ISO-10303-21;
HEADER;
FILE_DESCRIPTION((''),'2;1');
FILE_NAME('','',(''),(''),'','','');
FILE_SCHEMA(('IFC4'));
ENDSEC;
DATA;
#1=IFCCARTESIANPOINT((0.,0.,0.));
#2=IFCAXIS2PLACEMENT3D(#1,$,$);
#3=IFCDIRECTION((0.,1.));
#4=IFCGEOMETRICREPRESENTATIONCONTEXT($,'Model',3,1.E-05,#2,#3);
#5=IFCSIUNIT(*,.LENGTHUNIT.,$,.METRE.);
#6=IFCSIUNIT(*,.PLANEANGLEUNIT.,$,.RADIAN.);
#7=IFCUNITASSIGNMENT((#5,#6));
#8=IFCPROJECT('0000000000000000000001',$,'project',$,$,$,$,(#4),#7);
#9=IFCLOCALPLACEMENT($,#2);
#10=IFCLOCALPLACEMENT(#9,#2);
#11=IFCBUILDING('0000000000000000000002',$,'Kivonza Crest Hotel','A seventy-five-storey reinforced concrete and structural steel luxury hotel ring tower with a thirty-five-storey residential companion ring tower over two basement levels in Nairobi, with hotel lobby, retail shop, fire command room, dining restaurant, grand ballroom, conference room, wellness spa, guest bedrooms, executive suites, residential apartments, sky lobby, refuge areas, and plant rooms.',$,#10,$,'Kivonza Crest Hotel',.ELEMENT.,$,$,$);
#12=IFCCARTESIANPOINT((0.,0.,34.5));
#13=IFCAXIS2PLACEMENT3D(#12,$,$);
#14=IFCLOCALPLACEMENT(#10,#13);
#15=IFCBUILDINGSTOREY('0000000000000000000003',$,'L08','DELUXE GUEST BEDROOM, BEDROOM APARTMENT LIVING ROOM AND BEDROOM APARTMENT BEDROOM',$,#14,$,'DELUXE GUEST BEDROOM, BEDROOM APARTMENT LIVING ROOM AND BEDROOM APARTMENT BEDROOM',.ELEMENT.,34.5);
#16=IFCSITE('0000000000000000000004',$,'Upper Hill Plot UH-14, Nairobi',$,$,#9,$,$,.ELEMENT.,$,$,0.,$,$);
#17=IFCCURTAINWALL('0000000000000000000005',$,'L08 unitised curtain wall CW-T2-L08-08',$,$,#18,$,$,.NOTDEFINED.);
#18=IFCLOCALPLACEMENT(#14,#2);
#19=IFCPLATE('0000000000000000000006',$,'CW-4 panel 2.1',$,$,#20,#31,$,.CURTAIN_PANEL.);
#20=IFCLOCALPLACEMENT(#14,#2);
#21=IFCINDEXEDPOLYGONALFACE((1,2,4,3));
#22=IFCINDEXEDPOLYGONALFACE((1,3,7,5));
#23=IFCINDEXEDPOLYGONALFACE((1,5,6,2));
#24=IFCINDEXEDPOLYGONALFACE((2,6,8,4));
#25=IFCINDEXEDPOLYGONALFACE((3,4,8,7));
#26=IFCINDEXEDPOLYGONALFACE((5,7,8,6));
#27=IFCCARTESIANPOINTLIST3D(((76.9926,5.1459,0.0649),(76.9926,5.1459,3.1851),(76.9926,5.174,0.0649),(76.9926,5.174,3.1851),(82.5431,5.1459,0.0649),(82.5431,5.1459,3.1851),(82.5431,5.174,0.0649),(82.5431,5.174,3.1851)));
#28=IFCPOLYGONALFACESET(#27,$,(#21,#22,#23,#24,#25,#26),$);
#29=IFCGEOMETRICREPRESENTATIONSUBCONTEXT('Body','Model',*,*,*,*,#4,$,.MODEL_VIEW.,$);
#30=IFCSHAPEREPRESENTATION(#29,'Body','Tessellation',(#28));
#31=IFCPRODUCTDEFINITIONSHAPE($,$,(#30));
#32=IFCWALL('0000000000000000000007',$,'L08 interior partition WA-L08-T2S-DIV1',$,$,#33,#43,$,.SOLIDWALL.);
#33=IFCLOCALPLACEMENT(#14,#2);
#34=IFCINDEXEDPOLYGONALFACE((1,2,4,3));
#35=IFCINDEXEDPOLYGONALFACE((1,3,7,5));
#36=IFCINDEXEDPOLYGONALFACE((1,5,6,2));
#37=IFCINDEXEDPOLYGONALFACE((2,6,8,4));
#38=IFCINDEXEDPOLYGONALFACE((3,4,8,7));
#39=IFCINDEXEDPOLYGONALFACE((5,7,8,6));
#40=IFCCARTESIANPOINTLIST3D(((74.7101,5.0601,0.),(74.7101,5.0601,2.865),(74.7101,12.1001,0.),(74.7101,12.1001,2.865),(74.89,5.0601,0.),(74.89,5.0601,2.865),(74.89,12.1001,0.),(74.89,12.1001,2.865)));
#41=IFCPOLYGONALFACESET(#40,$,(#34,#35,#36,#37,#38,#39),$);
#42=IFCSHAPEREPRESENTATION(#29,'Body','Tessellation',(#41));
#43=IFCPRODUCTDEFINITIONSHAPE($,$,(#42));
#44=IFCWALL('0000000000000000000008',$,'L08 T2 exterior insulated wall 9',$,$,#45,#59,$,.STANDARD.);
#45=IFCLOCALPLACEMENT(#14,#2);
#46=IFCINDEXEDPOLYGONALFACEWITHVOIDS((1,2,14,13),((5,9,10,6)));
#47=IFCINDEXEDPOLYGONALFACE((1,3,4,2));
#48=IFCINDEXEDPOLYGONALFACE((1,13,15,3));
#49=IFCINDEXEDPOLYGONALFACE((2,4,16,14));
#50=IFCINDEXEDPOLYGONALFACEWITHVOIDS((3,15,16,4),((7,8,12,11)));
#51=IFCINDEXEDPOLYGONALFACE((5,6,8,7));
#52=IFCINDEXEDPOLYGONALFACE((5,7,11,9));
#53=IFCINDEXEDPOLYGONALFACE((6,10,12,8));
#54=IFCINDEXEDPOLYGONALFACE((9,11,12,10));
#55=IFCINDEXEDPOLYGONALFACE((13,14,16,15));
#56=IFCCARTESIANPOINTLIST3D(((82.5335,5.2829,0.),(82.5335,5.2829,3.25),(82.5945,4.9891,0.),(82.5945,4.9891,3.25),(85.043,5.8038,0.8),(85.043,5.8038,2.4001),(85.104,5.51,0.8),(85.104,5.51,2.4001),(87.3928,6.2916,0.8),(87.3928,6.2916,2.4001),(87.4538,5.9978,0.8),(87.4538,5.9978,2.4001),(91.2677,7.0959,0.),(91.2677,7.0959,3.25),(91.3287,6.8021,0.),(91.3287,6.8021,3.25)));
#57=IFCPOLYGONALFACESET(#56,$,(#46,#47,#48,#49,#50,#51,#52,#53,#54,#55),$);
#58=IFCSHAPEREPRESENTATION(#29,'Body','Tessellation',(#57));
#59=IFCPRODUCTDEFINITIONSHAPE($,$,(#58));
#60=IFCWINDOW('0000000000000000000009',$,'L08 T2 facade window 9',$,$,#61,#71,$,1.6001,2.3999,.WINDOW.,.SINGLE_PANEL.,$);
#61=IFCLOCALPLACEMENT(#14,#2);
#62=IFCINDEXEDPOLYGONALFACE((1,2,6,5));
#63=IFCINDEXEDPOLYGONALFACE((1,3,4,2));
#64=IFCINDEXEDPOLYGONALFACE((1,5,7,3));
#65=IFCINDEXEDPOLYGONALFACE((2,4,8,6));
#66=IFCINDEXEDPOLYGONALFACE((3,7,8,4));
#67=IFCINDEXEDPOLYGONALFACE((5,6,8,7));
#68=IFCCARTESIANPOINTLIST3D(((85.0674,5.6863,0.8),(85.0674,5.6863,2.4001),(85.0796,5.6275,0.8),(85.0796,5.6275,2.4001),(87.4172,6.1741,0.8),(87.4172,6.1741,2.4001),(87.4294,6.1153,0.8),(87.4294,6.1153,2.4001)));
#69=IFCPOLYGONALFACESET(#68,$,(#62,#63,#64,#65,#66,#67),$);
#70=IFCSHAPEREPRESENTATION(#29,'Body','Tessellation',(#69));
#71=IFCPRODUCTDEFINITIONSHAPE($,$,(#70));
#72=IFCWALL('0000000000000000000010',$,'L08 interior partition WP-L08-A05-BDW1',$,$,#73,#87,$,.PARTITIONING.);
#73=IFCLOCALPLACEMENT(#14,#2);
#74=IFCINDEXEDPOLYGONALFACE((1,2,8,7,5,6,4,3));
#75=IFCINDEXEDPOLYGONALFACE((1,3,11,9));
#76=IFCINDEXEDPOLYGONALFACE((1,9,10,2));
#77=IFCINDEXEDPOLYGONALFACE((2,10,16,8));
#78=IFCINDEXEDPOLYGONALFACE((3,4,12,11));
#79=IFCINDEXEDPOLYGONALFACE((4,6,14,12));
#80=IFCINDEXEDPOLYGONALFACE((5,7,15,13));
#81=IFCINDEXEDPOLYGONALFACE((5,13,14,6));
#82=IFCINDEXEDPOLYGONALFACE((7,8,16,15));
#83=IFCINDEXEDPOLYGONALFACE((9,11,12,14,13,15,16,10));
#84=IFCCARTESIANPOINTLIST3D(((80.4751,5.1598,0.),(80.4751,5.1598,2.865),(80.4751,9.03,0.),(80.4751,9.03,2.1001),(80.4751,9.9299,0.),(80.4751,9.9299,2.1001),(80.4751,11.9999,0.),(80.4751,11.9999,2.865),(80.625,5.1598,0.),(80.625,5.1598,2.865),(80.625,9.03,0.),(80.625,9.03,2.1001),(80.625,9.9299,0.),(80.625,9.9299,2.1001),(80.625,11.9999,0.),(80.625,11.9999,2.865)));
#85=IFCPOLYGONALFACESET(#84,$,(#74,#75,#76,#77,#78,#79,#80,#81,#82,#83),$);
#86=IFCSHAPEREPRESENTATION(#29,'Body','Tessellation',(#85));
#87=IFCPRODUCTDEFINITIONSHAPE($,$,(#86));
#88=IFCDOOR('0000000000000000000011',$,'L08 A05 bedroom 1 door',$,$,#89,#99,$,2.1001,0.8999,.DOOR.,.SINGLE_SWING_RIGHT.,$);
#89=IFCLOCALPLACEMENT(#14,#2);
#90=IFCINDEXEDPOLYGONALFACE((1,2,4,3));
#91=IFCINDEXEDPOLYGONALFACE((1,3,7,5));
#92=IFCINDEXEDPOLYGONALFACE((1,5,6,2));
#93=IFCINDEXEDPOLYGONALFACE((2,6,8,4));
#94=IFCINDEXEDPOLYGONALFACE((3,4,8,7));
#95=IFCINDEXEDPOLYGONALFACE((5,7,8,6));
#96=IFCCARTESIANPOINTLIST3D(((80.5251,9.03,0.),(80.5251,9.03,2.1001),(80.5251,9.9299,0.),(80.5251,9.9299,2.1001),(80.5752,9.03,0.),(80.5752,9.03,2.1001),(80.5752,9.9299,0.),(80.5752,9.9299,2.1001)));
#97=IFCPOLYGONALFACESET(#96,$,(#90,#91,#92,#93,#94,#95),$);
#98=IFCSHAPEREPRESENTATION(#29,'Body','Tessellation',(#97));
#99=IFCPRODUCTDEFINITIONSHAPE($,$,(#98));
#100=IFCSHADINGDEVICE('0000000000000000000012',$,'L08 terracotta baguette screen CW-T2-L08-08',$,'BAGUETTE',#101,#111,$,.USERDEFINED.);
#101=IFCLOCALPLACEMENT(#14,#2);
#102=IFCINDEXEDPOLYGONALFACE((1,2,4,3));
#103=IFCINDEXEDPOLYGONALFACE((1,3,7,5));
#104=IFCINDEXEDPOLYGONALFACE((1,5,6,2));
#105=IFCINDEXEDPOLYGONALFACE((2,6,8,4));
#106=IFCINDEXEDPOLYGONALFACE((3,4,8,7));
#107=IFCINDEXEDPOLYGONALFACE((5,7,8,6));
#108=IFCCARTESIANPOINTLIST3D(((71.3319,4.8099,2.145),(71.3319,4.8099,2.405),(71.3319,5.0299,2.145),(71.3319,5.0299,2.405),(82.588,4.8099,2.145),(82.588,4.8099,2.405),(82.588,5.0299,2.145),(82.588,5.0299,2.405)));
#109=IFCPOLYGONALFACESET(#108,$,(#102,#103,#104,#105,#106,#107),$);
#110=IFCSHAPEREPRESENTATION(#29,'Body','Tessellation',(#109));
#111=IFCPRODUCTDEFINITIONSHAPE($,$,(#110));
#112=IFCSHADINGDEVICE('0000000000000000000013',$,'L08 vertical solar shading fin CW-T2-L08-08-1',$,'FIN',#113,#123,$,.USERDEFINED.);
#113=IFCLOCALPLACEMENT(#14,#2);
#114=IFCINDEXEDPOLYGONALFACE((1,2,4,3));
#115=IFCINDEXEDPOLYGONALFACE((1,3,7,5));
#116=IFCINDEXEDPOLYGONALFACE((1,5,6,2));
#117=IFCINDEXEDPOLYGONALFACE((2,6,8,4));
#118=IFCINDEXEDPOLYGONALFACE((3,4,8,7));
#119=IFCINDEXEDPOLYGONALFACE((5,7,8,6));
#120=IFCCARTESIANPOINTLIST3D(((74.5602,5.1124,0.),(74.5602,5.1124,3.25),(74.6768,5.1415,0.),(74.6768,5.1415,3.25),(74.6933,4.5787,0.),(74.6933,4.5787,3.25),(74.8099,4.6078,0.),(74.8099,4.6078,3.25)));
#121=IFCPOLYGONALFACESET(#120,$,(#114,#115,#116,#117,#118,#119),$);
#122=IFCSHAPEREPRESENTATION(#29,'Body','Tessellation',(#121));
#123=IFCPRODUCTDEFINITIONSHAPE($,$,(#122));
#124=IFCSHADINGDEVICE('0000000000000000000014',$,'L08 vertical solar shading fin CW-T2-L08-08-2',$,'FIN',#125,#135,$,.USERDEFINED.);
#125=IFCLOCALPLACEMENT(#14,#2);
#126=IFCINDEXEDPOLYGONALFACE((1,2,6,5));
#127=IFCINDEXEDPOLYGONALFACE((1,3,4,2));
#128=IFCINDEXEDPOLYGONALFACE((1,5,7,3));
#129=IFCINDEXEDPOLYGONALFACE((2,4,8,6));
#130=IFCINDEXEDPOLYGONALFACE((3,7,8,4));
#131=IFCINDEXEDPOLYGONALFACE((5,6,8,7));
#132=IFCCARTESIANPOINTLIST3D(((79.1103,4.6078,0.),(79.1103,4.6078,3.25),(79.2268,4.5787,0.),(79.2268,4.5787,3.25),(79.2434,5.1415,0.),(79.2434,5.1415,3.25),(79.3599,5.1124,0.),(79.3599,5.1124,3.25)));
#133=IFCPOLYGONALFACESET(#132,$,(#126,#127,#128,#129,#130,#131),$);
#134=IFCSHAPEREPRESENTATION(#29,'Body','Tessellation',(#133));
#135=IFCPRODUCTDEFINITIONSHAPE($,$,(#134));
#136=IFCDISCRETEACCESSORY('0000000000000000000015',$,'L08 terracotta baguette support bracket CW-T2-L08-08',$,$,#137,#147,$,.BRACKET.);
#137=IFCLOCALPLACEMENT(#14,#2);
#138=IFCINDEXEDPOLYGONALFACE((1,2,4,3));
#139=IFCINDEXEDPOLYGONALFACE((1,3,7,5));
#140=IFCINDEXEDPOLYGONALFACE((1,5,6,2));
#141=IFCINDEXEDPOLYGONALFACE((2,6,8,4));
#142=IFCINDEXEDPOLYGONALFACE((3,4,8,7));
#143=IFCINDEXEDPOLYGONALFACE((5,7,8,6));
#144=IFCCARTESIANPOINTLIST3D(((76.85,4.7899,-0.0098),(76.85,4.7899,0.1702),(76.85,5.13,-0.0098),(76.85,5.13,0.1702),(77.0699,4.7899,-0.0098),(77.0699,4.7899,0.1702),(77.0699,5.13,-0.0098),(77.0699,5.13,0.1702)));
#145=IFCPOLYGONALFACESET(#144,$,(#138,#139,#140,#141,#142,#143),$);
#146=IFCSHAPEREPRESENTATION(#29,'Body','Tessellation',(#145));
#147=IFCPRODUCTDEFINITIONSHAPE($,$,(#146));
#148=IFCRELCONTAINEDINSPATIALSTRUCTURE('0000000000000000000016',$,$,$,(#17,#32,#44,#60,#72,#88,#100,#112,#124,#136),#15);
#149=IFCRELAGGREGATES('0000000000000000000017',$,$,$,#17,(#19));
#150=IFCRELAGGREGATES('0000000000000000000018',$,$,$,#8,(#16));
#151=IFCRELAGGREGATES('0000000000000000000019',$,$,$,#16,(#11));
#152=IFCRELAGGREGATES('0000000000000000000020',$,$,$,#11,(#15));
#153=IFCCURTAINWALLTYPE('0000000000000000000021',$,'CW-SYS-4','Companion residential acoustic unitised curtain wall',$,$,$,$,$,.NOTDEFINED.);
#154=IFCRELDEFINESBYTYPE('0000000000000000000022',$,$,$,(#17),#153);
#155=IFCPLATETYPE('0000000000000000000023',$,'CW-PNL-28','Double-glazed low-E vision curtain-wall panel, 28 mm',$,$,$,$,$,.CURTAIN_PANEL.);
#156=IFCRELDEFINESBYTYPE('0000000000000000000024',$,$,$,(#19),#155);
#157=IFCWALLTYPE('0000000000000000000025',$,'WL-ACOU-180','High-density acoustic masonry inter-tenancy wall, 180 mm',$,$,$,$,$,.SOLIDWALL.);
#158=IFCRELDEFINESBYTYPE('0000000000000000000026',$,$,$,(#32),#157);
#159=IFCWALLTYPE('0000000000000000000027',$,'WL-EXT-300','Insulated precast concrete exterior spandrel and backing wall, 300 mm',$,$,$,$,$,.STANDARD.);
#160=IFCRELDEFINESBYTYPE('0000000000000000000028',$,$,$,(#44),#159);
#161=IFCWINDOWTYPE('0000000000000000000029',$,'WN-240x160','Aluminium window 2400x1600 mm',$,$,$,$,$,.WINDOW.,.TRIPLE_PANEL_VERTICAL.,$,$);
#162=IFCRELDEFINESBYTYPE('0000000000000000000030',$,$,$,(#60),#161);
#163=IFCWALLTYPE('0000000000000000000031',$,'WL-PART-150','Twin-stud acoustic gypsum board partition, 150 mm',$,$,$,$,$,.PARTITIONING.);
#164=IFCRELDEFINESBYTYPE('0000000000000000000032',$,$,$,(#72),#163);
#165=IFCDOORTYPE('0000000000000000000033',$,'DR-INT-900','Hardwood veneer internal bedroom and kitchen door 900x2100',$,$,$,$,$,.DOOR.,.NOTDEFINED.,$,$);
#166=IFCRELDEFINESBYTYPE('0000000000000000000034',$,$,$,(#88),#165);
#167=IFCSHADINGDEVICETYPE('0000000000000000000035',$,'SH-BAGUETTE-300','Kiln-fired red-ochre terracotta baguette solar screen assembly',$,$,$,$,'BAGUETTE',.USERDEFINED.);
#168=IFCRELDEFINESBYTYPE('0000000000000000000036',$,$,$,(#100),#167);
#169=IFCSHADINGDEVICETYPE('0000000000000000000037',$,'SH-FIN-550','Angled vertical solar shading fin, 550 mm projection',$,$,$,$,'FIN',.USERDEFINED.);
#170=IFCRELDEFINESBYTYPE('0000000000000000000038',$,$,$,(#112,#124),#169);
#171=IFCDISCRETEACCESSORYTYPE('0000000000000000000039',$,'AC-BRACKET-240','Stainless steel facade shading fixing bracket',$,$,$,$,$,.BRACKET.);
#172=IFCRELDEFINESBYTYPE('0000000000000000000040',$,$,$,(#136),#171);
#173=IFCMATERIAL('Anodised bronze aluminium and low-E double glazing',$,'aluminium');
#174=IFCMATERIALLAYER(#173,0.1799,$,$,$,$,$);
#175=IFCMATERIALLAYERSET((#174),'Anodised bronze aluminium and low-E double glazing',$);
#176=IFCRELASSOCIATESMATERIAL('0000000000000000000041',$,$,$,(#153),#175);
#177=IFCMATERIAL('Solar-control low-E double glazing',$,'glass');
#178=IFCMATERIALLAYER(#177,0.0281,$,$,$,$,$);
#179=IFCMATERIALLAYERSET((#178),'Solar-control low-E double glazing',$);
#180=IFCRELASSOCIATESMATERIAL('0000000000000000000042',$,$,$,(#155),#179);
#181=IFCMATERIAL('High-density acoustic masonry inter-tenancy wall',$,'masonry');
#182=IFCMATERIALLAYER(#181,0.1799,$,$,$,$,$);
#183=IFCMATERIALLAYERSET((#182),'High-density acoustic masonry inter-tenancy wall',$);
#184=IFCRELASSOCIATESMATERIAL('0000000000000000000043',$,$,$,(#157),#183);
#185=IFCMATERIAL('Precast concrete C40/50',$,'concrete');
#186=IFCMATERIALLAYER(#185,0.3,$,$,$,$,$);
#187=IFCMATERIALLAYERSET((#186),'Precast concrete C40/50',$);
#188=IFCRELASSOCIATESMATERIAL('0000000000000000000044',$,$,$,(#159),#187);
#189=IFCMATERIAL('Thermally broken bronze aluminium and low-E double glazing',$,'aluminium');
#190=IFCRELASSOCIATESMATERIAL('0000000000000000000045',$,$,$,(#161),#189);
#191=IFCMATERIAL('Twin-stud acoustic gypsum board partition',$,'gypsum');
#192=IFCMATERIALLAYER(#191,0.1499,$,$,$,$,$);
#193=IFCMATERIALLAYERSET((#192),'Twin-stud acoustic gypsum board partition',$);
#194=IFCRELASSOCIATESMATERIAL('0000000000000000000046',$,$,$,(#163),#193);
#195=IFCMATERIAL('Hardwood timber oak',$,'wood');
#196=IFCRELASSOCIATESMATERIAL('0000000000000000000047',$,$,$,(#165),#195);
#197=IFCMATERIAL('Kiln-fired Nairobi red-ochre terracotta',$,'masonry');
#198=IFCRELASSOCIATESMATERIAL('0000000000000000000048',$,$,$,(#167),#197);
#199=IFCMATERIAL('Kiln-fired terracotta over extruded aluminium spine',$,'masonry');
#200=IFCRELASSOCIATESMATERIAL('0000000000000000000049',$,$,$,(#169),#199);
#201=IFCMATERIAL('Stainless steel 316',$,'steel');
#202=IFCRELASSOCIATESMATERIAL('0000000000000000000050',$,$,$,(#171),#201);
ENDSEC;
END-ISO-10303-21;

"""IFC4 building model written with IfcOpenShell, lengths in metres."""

from ifc_helpers import new_model, si_unit, direction, frame, frame_2d, origin, origin_2d, place, context, subcontext, project, spatial, rectangle, extrude, material, layer, layer_set, type_object, element, fill, aggregate, save


model = new_model("IFC4")

# Units and contexts
model_context = context("Model", 3, precision=1e-05, world=origin(), true_north=direction((0.0, 1.0)))
body_context = subcontext(model_context, "Body", "Model", "MODEL_VIEW")
ifc_project = project(units=[si_unit("LENGTHUNIT", "METRE"), si_unit("PLANEANGLEUNIT", "RADIAN")], contexts=[model_context])

# Site, building, storey
site_placement = place(None, origin())
site = spatial("IfcSite", under=ifc_project, at=site_placement, Name="Upper Hill Plot UH-14, Nairobi", CompositionType="ELEMENT", RefElevation=0.0)
building_placement = place(site_placement, origin())
building = spatial("IfcBuilding", under=site, at=building_placement, Name="Kivonza Crest Hotel", Description="A seventy-five-storey reinforced concrete and structural steel luxury hotel ring tower with a thirty-five-storey residential companion ring tower over two basement levels in Nairobi, with hotel lobby, retail shop, fire command room, dining restaurant, grand ballroom, conference room, wellness spa, guest bedrooms, executive suites, residential apartments, sky lobby, refuge areas, and plant rooms.", LongName="Kivonza Crest Hotel", CompositionType="ELEMENT")
storey_placement = place(building_placement, frame((0.0, 0.0, 34.5)))
storey = spatial("IfcBuildingStorey", under=building, at=storey_placement, Name="L08", Description="DELUXE GUEST BEDROOM, BEDROOM APARTMENT LIVING ROOM AND BEDROOM APARTMENT BEDROOM", LongName="DELUXE GUEST BEDROOM, BEDROOM APARTMENT LIVING ROOM AND BEDROOM APARTMENT BEDROOM", CompositionType="ELEMENT", Elevation=34.5)

# Curtain wall, plate
ifc_material_1 = material(Name="Anodised bronze aluminium and low-E double glazing", Category="aluminium")
ifc_layer_1 = layer(ifc_material_1, 0.1799)
ifc_layer_set_1 = layer_set([ifc_layer_1], Name="Anodised bronze aluminium and low-E double glazing")
curtain_wall_type = type_object("IfcCurtainWallType", Name="CW-SYS-4", Description="Companion residential acoustic unitised curtain wall", PredefinedType="NOTDEFINED", material=ifc_layer_set_1)
curtain_wall_placement = place(storey_placement, origin())
curtain_wall = element("IfcCurtainWall", 1, at=curtain_wall_placement, inside=storey, type_object=curtain_wall_type, Name="L08 unitised curtain wall CW-T2-L08-08", PredefinedType="NOTDEFINED")
ifc_material_2 = material(Name="Solar-control low-E double glazing", Category="glass")
ifc_layer_2 = layer(ifc_material_2, 0.0281)
ifc_layer_set_2 = layer_set([ifc_layer_2], Name="Solar-control low-E double glazing")
plate_type = type_object("IfcPlateType", Name="CW-PNL-28", Description="Double-glazed low-E vision curtain-wall panel, 28 mm", PredefinedType="CURTAIN_PANEL", material=ifc_layer_set_2)
plate_1_placement = place(storey_placement, frame((79.7678, 5.1599, 0.0649), z_axis=(0.0, 0.0, 1.0), x_axis=(1.0, 0.0, 0.0)))
plate_1 = element("IfcPlate", 2, at=plate_1_placement, type_object=plate_type, Name="CW-4 panel 2.1", PredefinedType="CURTAIN_PANEL", context=body_context, shape_type="SweptSolid", body=[
    extrude(rectangle(XDim=5.5505, YDim=0.0281, at=origin_2d()), origin(), (0.0, 0.0, 1.0), 3.1201),
])
aggregate(curtain_wall, [plate_1])

# Wall
ifc_material_3 = material(Name="High-density acoustic masonry inter-tenancy wall", Category="masonry")
ifc_layer_3 = layer(ifc_material_3, 0.1799)
ifc_layer_set_3 = layer_set([ifc_layer_3], Name="High-density acoustic masonry inter-tenancy wall")
wall_type_1 = type_object("IfcWallType", Name="WL-ACOU-180", Description="High-density acoustic masonry inter-tenancy wall, 180 mm", PredefinedType="SOLIDWALL", material=ifc_layer_set_3)
wall_1_placement = place(storey_placement, frame((74.8, 5.0601, 0.0), z_axis=(0.0, 0.0, 1.0), x_axis=(0.0, 1.0, 0.0)))
element("IfcWall", 3, at=wall_1_placement, inside=storey, type_object=wall_type_1, Name="L08 interior partition WA-L08-T2S-DIV1", PredefinedType="SOLIDWALL", context=body_context, shape_type="SweptSolid", body=[
    extrude(rectangle(XDim=7.04, YDim=0.1799, at=frame_2d((3.52, 0.0))), origin(), (0.0, 0.0, 1.0), 2.865),
])

# Wall, opening, window
ifc_material_4 = material(Name="Precast concrete C40/50", Category="concrete")
ifc_layer_4 = layer(ifc_material_4, 0.3)
ifc_layer_set_4 = layer_set([ifc_layer_4], Name="Precast concrete C40/50")
wall_type_2 = type_object("IfcWallType", Name="WL-EXT-300", Description="Insulated precast concrete exterior spandrel and backing wall, 300 mm", PredefinedType="STANDARD", material=ifc_layer_set_4)
wall_2_placement = place(storey_placement, frame((82.564, 5.136, 0.0), z_axis=(0.0, 0.0, 1.0), x_axis=(0.979128, 0.203243, 0.0)))
wall_2 = element("IfcWall", 4, at=wall_2_placement, inside=storey, type_object=wall_type_2, Name="L08 T2 exterior insulated wall 9", PredefinedType="STANDARD", context=body_context, shape_type="SweptSolid", body=[
    extrude(rectangle(XDim=8.9204, YDim=0.3, at=frame_2d((4.4602, 0.0))), origin(), (0.0, 0.0, 1.0), 3.25),
])
opening_1_placement = place(wall_2_placement, frame((2.563, 0.0, 0.8)))
opening_1 = element("IfcOpeningElement", 5, at=opening_1_placement, cuts=wall_2, PredefinedType="OPENING", context=body_context, shape_type="SweptSolid", body=[
    extrude(rectangle(XDim=2.3999, YDim=1.6001, at=frame_2d((1.2, 0.8))), frame((0.0, 0.1602, 0.0), z_axis=(0.0, -1.0, 0.0), x_axis=(1.0, 0.0, 0.0)), (0.0, 0.0, 1.0), 0.3201),
])
ifc_material_5 = material(Name="Thermally broken bronze aluminium and low-E double glazing", Category="aluminium")
window_type = type_object("IfcWindowType", Name="WN-240x160", Description="Aluminium window 2400x1600 mm", PartitioningType="TRIPLE_PANEL_VERTICAL", PredefinedType="WINDOW", material=ifc_material_5)
window_placement = place(opening_1_placement, origin())
window = element("IfcWindow", 6, at=window_placement, inside=storey, type_object=window_type, Name="L08 T2 facade window 9", OverallHeight=1.6001, OverallWidth=2.3999, PartitioningType="SINGLE_PANEL", PredefinedType="WINDOW", context=body_context, shape_type="SweptSolid", body=[
    extrude(rectangle(XDim=2.3999, YDim=1.6001, at=frame_2d((1.2, 0.8))), frame((0.0, 0.03, 0.0), z_axis=(0.0, -1.0, 0.0), x_axis=(1.0, 0.0, 0.0)), (0.0, 0.0, 1.0), 0.0601),
])
fill(opening_1, window)

# Wall, opening, door
ifc_material_6 = material(Name="Twin-stud acoustic gypsum board partition", Category="gypsum")
ifc_layer_5 = layer(ifc_material_6, 0.1499)
ifc_layer_set_5 = layer_set([ifc_layer_5], Name="Twin-stud acoustic gypsum board partition")
wall_type_3 = type_object("IfcWallType", Name="WL-PART-150", Description="Twin-stud acoustic gypsum board partition, 150 mm", PredefinedType="PARTITIONING", material=ifc_layer_set_5)
wall_3_placement = place(storey_placement, frame((80.55, 5.1599, 0.0), z_axis=(0.0, 0.0, 1.0), x_axis=(0.0, 1.0, 0.0)))
wall_3 = element("IfcWall", 7, at=wall_3_placement, inside=storey, type_object=wall_type_3, Name="L08 interior partition WP-L08-A05-BDW1", PredefinedType="PARTITIONING", context=body_context, shape_type="SweptSolid", body=[
    extrude(rectangle(XDim=6.8401, YDim=0.1499, at=frame_2d((3.4199, 0.0))), origin(), (0.0, 0.0, 1.0), 2.865),
])
opening_2_placement = place(wall_3_placement, frame((3.8701, 0.0, 0.0)))
opening_2 = element("IfcOpeningElement", 8, at=opening_2_placement, cuts=wall_3, PredefinedType="OPENING", context=body_context, shape_type="SweptSolid", body=[
    extrude(rectangle(XDim=0.8999, YDim=2.1001, at=frame_2d((0.45, 1.05))), frame((0.0, 0.085, 0.0), z_axis=(0.0, -1.0, 0.0), x_axis=(1.0, 0.0, 0.0)), (0.0, 0.0, 1.0), 0.1699),
])
ifc_material_7 = material(Name="Hardwood timber oak", Category="wood")
door_type = type_object("IfcDoorType", Name="DR-INT-900", Description="Hardwood veneer internal bedroom and kitchen door 900x2100", OperationType="NOTDEFINED", PredefinedType="DOOR", material=ifc_material_7)
door_placement = place(opening_2_placement, origin())
door = element("IfcDoor", 9, at=door_placement, inside=storey, type_object=door_type, Name="L08 A05 bedroom 1 door", OperationType="SINGLE_SWING_RIGHT", OverallHeight=2.1001, OverallWidth=0.8999, PredefinedType="DOOR", context=body_context, shape_type="SweptSolid", body=[
    extrude(rectangle(XDim=0.8999, YDim=2.1001, at=frame_2d((0.45, 1.05))), frame((0.0, 0.0249, 0.0), z_axis=(0.0, -1.0, 0.0), x_axis=(1.0, 0.0, 0.0)), (0.0, 0.0, 1.0), 0.05),
])
fill(opening_2, door)

# Shading devices
ifc_material_8 = material(Name="Kiln-fired Nairobi red-ochre terracotta", Category="masonry")
shading_device_type_1 = type_object("IfcShadingDeviceType", Name="SH-BAGUETTE-300", Description="Kiln-fired red-ochre terracotta baguette solar screen assembly", ElementType="BAGUETTE", PredefinedType="USERDEFINED", material=ifc_material_8)
shading_device_placement = place(storey_placement, frame((76.96, 4.9199, 2.145), z_axis=(0.0, 0.0, 1.0), x_axis=(1.0, 0.0, 0.0)))
element("IfcShadingDevice", 10, at=shading_device_placement, inside=storey, type_object=shading_device_type_1, Name="L08 terracotta baguette screen CW-T2-L08-08", ObjectType="BAGUETTE", PredefinedType="USERDEFINED", context=body_context, shape_type="SweptSolid", body=[
    extrude(rectangle(XDim=11.2561, YDim=0.22, at=origin_2d()), origin(), (0.0, 0.0, 1.0), 0.26),
])
ifc_material_9 = material(Name="Kiln-fired terracotta over extruded aluminium spine", Category="masonry")
shading_device_type_2 = type_object("IfcShadingDeviceType", Name="SH-FIN-550", Description="Angled vertical solar shading fin, 550 mm projection", ElementType="FIN", PredefinedType="USERDEFINED", material=ifc_material_9)
for number, where, z_axis, x_axis, name in (
    (11, (74.6851, 4.8601, 0.0), (0.0, 0.0, 1.0), (0.970296, 0.241922, 0.0), "L08 vertical solar shading fin CW-T2-L08-08-1"),
    (12, (79.2351, 4.8601, 0.0), (0.0, 0.0, 1.0), (0.970296, -0.241922, 0.0), "L08 vertical solar shading fin CW-T2-L08-08-2"),
):
    element("IfcShadingDevice", number, at=place(storey_placement, frame(where, z_axis=z_axis, x_axis=x_axis)), inside=storey, type_object=shading_device_type_2, Name=name, ObjectType="FIN", PredefinedType="USERDEFINED", context=body_context, shape_type="SweptSolid", body=[
        extrude(rectangle(XDim=0.1201, YDim=0.55, at=origin_2d()), origin(), (0.0, 0.0, 1.0), 3.25),
    ])

# Discrete accessory
ifc_material_10 = material(Name="Stainless steel 316", Category="steel")
discrete_accessory_type = type_object("IfcDiscreteAccessoryType", Name="AC-BRACKET-240", Description="Stainless steel facade shading fixing bracket", PredefinedType="BRACKET", material=ifc_material_10)
discrete_accessory_placement = place(storey_placement, frame((76.96, 4.96, -0.0098), z_axis=(0.0, 0.0, 1.0), x_axis=(1.0, 0.0, 0.0)))
element("IfcDiscreteAccessory", 13, at=discrete_accessory_placement, inside=storey, type_object=discrete_accessory_type, Name="L08 terracotta baguette support bracket CW-T2-L08-08", PredefinedType="BRACKET", context=body_context, shape_type="SweptSolid", body=[
    extrude(rectangle(XDim=0.22, YDim=0.3401, at=origin_2d()), origin(), (0.0, 0.0, 1.0), 0.1799),
])

save(model, "model.ifc")
